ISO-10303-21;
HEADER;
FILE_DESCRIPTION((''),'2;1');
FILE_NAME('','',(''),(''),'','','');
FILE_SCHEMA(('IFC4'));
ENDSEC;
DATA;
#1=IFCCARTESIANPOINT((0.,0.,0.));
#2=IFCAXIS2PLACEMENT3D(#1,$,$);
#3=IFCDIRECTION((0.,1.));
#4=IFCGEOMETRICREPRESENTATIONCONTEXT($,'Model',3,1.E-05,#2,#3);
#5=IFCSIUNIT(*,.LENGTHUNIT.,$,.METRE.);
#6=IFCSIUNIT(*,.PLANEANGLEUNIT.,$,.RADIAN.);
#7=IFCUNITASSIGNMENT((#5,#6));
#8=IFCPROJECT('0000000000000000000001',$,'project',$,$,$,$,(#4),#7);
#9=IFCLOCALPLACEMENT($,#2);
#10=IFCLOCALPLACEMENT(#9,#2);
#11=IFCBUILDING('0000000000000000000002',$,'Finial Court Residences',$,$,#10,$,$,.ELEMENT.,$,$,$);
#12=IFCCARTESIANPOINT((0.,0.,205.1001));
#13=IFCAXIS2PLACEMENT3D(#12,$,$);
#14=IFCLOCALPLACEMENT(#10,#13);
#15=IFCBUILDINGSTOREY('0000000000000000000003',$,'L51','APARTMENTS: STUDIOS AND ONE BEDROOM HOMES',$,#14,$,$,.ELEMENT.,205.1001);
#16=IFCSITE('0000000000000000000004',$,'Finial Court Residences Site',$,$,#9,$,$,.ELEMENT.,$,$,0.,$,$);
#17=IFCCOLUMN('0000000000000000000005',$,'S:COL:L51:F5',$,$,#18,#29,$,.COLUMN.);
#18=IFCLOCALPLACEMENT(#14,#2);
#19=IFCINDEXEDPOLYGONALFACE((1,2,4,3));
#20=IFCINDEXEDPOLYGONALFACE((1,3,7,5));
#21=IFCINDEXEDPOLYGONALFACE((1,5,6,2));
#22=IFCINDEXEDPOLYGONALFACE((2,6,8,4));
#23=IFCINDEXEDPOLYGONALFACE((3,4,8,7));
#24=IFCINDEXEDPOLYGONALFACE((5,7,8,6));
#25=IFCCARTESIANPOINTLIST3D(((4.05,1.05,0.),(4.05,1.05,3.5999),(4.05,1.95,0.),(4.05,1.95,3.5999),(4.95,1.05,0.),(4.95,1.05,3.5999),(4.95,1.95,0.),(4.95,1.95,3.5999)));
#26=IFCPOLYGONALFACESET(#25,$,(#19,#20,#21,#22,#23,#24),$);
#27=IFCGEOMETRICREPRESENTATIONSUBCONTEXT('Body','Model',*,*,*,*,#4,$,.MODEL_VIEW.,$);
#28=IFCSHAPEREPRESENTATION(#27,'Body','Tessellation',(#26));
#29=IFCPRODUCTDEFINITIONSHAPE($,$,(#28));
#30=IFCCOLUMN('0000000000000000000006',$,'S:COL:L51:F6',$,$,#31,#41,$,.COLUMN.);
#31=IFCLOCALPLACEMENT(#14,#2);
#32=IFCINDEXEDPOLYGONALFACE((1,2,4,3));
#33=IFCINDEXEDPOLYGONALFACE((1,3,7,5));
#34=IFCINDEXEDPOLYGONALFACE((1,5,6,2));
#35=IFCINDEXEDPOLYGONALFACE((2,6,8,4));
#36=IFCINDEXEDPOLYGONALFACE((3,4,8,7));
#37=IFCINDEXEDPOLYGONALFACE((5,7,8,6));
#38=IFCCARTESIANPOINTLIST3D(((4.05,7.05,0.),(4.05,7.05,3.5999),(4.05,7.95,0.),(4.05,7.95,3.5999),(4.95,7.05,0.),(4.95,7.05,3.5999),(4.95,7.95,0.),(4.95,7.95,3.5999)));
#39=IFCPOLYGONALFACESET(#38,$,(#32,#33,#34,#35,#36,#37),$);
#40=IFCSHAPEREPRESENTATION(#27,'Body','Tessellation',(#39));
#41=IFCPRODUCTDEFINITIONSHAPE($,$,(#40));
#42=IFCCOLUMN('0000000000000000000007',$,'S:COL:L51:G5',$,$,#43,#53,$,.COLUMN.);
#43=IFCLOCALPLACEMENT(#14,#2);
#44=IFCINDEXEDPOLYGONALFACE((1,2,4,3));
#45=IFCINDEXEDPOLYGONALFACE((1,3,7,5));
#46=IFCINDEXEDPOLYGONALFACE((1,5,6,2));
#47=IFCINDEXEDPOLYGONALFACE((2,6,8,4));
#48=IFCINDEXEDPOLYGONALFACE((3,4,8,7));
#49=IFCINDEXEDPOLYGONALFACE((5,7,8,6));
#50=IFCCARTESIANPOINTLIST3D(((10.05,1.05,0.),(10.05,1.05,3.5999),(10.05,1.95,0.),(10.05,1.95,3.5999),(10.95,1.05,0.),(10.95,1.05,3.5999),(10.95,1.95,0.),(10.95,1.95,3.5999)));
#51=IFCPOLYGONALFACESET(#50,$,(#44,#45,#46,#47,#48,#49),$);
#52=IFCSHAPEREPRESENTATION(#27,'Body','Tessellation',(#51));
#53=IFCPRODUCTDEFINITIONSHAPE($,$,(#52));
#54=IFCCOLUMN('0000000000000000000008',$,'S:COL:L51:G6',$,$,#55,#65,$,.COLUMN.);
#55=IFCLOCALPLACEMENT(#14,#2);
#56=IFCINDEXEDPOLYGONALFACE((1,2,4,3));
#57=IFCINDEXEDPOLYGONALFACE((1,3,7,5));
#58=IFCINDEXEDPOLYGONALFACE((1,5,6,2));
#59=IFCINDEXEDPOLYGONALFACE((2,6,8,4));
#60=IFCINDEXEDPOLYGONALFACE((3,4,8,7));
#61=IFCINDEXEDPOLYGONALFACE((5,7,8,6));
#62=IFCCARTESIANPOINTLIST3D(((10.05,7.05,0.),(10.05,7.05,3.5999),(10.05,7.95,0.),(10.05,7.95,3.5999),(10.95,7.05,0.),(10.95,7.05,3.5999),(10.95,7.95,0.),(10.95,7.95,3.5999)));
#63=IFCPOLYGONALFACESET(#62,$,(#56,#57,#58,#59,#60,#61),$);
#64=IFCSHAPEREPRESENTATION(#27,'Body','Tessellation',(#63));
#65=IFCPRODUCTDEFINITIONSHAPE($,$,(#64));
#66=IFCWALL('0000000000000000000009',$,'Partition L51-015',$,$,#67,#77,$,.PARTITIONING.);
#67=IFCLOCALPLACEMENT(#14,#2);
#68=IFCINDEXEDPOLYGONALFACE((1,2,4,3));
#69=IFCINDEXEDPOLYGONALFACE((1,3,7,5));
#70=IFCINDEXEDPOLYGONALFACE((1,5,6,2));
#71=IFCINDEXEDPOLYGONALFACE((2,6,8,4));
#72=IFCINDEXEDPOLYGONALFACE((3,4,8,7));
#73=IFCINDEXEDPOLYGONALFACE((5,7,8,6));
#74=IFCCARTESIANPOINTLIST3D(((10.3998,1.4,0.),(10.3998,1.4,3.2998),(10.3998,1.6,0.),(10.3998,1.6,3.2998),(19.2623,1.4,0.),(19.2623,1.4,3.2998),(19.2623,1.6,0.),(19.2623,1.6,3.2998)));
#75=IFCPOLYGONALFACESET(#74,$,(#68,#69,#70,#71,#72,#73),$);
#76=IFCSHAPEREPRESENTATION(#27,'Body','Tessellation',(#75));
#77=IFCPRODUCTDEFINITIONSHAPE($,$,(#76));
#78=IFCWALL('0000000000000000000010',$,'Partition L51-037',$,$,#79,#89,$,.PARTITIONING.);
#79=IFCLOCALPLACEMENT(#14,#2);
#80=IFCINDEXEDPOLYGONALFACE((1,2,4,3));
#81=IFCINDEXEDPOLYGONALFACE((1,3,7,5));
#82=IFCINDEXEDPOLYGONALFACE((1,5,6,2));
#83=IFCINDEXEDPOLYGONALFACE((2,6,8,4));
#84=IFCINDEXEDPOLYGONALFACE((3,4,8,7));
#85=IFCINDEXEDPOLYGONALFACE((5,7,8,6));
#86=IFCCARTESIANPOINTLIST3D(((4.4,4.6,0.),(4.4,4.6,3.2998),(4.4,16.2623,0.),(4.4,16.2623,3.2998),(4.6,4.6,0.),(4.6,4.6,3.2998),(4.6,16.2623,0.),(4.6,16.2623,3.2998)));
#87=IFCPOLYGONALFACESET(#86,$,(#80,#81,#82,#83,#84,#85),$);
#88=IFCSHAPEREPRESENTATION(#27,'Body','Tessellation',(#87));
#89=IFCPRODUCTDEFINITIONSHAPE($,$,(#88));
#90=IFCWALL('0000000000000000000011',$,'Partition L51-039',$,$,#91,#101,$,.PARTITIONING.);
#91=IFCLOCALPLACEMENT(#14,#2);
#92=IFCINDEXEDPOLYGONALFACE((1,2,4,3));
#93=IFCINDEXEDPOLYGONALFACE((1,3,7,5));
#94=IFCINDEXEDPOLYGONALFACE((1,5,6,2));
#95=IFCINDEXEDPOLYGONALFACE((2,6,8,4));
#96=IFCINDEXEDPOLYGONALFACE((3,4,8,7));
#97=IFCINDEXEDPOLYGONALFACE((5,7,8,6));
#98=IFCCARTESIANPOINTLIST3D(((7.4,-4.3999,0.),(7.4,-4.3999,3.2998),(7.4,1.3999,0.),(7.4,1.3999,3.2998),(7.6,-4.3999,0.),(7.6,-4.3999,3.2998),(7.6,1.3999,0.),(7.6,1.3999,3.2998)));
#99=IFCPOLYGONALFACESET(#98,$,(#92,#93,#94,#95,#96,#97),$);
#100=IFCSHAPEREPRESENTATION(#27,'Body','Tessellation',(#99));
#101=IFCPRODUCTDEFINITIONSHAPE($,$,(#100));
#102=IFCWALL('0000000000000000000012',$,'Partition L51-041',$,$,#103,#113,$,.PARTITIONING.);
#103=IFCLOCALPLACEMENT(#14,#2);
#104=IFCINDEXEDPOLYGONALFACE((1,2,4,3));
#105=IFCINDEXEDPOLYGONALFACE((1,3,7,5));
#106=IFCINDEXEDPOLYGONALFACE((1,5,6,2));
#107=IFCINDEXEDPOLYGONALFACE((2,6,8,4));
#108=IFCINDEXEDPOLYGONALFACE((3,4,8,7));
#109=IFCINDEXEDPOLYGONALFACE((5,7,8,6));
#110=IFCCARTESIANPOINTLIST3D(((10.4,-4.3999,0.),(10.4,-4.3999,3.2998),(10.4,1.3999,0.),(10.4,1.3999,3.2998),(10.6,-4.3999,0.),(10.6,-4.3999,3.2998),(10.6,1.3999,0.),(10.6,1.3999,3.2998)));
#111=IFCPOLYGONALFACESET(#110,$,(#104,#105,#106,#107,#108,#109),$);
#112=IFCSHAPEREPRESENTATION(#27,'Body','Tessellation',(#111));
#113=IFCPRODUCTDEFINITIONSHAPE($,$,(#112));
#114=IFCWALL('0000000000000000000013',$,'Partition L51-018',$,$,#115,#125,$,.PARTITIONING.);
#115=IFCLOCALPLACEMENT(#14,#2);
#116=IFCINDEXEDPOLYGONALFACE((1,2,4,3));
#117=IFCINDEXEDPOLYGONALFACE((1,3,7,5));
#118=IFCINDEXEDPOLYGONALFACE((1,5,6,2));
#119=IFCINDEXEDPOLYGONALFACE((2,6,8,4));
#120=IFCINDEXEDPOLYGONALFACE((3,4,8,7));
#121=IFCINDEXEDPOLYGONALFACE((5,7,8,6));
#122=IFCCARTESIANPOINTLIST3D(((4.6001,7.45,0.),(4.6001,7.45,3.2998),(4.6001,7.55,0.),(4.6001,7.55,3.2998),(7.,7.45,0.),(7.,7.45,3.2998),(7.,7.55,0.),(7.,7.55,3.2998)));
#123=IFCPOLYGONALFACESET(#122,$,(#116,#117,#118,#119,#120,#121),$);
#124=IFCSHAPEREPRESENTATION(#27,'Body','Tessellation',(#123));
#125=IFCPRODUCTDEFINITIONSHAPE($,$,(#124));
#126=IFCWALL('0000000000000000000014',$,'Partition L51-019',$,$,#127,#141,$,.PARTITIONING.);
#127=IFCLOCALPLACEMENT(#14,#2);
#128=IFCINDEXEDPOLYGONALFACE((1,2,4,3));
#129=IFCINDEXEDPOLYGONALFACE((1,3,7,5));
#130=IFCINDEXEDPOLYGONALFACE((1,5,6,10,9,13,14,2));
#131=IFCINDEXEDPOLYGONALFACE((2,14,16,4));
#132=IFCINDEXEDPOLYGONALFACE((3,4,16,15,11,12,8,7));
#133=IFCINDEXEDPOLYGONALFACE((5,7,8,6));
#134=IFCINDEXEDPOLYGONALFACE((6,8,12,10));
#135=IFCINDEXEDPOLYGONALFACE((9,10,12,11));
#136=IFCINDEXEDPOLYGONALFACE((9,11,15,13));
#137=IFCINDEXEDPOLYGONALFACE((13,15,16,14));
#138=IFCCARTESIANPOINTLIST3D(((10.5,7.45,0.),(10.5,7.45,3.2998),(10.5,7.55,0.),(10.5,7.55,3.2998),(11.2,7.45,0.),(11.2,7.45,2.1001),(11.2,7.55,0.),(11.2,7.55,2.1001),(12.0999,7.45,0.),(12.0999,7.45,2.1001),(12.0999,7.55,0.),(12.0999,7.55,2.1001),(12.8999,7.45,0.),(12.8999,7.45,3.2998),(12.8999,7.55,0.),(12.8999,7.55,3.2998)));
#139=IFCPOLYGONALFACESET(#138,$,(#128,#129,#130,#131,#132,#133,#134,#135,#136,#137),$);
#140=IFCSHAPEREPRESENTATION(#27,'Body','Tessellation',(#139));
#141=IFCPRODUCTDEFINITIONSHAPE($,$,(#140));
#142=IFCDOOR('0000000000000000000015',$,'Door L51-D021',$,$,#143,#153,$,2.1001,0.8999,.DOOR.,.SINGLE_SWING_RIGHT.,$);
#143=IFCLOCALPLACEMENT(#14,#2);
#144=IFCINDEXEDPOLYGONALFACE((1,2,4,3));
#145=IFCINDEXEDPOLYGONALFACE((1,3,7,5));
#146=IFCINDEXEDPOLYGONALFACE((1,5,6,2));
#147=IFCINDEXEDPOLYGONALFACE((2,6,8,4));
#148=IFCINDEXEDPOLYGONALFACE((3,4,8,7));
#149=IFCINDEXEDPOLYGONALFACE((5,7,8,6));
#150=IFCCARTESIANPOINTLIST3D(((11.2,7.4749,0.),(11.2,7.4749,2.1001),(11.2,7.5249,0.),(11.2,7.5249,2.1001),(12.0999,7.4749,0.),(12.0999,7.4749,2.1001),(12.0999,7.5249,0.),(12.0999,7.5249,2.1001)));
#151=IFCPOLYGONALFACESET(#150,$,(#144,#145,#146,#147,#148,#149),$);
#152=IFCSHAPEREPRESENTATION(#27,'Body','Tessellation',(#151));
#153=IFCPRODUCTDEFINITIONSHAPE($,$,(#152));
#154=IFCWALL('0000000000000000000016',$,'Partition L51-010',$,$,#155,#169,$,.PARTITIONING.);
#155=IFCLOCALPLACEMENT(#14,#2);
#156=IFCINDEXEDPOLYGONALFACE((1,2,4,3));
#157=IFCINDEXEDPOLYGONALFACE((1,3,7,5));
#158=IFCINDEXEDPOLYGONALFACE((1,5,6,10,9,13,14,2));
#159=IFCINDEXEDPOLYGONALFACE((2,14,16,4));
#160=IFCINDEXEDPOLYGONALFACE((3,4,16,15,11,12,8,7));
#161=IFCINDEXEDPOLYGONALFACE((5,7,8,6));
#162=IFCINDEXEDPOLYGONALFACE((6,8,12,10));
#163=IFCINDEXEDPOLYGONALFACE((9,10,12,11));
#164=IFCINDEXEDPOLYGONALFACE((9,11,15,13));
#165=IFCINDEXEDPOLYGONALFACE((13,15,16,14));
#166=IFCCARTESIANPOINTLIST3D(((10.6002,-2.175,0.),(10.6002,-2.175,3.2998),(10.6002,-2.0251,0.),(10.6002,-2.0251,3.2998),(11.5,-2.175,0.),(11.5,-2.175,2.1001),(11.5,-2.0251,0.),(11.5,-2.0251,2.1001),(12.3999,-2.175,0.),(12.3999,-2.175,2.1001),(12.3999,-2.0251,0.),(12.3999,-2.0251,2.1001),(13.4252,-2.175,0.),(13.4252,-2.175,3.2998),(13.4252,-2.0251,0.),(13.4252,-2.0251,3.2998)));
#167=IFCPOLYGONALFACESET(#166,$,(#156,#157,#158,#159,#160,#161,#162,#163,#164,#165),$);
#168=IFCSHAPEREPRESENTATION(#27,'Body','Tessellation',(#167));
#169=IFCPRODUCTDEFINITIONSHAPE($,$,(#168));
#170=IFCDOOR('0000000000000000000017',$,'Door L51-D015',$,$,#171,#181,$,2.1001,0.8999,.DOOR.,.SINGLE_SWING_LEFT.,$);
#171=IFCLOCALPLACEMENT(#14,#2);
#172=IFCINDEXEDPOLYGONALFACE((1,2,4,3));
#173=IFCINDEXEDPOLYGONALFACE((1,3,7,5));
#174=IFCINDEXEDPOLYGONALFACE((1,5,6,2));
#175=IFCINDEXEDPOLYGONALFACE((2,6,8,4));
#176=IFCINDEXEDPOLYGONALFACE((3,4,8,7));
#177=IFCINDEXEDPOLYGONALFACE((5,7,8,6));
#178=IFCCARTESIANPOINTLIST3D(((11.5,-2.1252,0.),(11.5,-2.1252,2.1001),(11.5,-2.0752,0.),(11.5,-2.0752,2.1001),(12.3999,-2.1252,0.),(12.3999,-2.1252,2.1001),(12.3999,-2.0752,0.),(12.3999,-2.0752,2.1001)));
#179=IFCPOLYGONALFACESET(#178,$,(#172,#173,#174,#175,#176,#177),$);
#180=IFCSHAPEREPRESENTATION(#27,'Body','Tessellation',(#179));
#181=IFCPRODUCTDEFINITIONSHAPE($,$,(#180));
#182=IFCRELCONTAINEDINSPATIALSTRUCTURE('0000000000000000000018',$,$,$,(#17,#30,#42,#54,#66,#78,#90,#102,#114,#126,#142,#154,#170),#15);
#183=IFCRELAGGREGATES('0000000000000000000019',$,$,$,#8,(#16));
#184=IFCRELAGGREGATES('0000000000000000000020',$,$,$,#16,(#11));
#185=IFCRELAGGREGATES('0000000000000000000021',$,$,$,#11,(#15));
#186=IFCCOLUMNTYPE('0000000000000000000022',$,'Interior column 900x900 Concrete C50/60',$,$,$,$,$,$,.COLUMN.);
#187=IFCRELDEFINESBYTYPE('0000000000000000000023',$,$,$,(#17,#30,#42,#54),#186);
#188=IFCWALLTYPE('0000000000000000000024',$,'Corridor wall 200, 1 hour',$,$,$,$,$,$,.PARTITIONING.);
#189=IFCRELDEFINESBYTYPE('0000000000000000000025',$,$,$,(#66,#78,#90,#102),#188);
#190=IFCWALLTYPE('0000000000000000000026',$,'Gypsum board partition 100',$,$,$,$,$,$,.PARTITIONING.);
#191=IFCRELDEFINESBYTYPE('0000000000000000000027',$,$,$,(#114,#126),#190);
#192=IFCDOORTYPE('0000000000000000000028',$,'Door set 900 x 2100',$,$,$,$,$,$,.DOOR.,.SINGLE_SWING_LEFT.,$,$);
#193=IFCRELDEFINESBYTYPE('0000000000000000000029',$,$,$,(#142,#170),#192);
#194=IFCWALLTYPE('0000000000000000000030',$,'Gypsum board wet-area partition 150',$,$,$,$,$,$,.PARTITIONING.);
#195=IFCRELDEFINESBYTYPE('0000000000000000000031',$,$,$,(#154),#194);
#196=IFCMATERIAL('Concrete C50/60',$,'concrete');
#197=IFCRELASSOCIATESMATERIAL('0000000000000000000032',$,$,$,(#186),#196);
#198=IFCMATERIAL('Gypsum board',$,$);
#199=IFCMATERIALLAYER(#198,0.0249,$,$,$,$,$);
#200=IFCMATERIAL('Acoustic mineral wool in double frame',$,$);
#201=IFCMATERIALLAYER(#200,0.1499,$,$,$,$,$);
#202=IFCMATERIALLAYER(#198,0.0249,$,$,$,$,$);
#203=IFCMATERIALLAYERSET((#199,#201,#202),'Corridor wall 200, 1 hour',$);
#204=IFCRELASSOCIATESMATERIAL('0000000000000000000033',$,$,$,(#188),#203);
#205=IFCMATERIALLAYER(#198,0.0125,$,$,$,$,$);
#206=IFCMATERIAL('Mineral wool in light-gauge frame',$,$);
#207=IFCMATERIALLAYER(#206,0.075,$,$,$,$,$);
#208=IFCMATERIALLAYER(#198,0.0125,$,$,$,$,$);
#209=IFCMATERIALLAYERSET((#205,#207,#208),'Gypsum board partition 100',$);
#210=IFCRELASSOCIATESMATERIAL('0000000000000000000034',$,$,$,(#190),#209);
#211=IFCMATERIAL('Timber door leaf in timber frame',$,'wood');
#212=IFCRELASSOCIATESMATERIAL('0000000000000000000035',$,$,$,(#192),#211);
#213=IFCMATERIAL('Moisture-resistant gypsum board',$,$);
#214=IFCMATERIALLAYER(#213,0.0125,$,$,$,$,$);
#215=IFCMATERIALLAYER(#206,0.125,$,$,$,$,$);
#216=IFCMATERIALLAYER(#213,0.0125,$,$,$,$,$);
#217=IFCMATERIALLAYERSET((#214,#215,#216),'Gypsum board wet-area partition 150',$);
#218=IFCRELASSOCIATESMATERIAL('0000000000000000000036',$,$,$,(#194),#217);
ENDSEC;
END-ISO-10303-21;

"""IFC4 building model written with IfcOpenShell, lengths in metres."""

from ifc_helpers import new_model, si_unit, direction, frame, frame_2d, origin, origin_2d, place, context, subcontext, project, spatial, rectangle, extrude, material, layer, layer_set, material_profile, profile_set, type_object, element, fill, save


model = new_model("IFC4")

# Units and contexts
model_context = context("Model", 3, precision=1e-05, world=origin(), true_north=direction((0.0, 1.0)))
body_context = subcontext(model_context, "Body", "Model", "MODEL_VIEW")
ifc_project = project(units=[si_unit("LENGTHUNIT", "METRE"), si_unit("PLANEANGLEUNIT", "RADIAN")], contexts=[model_context])

# Site, building, storey
site_placement = place(None, origin())
site = spatial("IfcSite", under=ifc_project, at=site_placement, Name="Finial Court Residences Site", CompositionType="ELEMENT", RefElevation=0.0)
building_placement = place(site_placement, origin())
building = spatial("IfcBuilding", under=site, at=building_placement, Name="Finial Court Residences", CompositionType="ELEMENT")
storey_placement = place(building_placement, frame((0.0, 0.0, 205.1001)))
storey = spatial("IfcBuildingStorey", under=building, at=storey_placement, Name="L51", Description="APARTMENTS: STUDIOS AND ONE BEDROOM HOMES", CompositionType="ELEMENT", Elevation=205.1001)

# Columns
ifc_material_1 = material(Name="Concrete C50/60", Category="concrete")
ifc_material_profile = material_profile(ifc_material_1, rectangle(XDim=0.8999, YDim=0.8999, at=origin_2d()), Name="900x900")
ifc_profile_set = profile_set([ifc_material_profile], Name="Concrete C50/60")
column_type = type_object("IfcColumnType", Name="Interior column 900x900 Concrete C50/60", PredefinedType="COLUMN", material=ifc_profile_set)
for number, where, z_axis, x_axis, name in (
    (1, (4.5, 1.5, 0.0), (0.0, 0.0, 1.0), (1.0, 0.0, 0.0), "S:COL:L51:F5"),
    (2, (4.5, 7.5, 0.0), (0.0, 0.0, 1.0), (1.0, 0.0, 0.0), "S:COL:L51:F6"),
    (3, (10.5, 1.5, 0.0), (0.0, 0.0, 1.0), (1.0, 0.0, 0.0), "S:COL:L51:G5"),
    (4, (10.5, 7.5, 0.0), (0.0, 0.0, 1.0), (1.0, 0.0, 0.0), "S:COL:L51:G6"),
):
    element("IfcColumn", number, at=place(storey_placement, frame(where, z_axis=z_axis, x_axis=x_axis)), inside=storey, type_object=column_type, Name=name, PredefinedType="COLUMN", context=body_context, shape_type="SweptSolid", body=[
        extrude(rectangle(XDim=0.8999, YDim=0.8999, at=origin_2d()), origin(), (0.0, 0.0, 1.0), 3.5999),
    ])

# Walls
ifc_material_2 = material(Name="Gypsum board")
ifc_layer_1 = layer(ifc_material_2, 0.0249)
ifc_material_3 = material(Name="Acoustic mineral wool in double frame")
ifc_layer_2 = layer(ifc_material_3, 0.1499)
ifc_layer_3 = layer(ifc_material_2, 0.0249)
ifc_layer_set_1 = layer_set([ifc_layer_1, ifc_layer_2, ifc_layer_3], Name="Corridor wall 200, 1 hour")
wall_type_1 = type_object("IfcWallType", Name="Corridor wall 200, 1 hour", PredefinedType="PARTITIONING", material=ifc_layer_set_1)
wall_1_placement = place(storey_placement, frame((10.3999, 1.5, 0.0), z_axis=(0.0, 0.0, 1.0), x_axis=(1.0, 0.0, 0.0)))
element("IfcWall", 5, at=wall_1_placement, inside=storey, type_object=wall_type_1, Name="Partition L51-015", PredefinedType="PARTITIONING", context=body_context, shape_type="SweptSolid", body=[
    extrude(rectangle(XDim=8.8625, YDim=0.2, at=frame_2d((4.4312, 0.0))), origin(), (0.0, 0.0, 1.0), 3.2998),
])
wall_2_placement = place(storey_placement, frame((4.5, 4.6001, 0.0), z_axis=(0.0, 0.0, 1.0), x_axis=(0.0, 1.0, 0.0)))
element("IfcWall", 6, at=wall_2_placement, inside=storey, type_object=wall_type_1, Name="Partition L51-037", PredefinedType="PARTITIONING", context=body_context, shape_type="SweptSolid", body=[
    extrude(rectangle(XDim=11.6624, YDim=0.2, at=frame_2d((5.8311, 0.0))), origin(), (0.0, 0.0, 1.0), 3.2998),
])
for number, where, z_axis, x_axis, name in (
    (7, (7.5, -4.3999, 0.0), (0.0, 0.0, 1.0), (0.0, 1.0, 0.0), "Partition L51-039"),
    (8, (10.5, -4.3999, 0.0), (0.0, 0.0, 1.0), (0.0, 1.0, 0.0), "Partition L51-041"),
):
    element("IfcWall", number, at=place(storey_placement, frame(where, z_axis=z_axis, x_axis=x_axis)), inside=storey, type_object=wall_type_1, Name=name, PredefinedType="PARTITIONING", context=body_context, shape_type="SweptSolid", body=[
        extrude(rectangle(XDim=5.7998, YDim=0.2, at=frame_2d((2.8999, 0.0))), origin(), (0.0, 0.0, 1.0), 3.2998),
    ])
ifc_layer_4 = layer(ifc_material_2, 0.0125)
ifc_material_4 = material(Name="Mineral wool in light-gauge frame")
ifc_layer_5 = layer(ifc_material_4, 0.075)
ifc_layer_6 = layer(ifc_material_2, 0.0125)
ifc_layer_set_2 = layer_set([ifc_layer_4, ifc_layer_5, ifc_layer_6], Name="Gypsum board partition 100")
wall_type_2 = type_object("IfcWallType", Name="Gypsum board partition 100", PredefinedType="PARTITIONING", material=ifc_layer_set_2)
wall_3_placement = place(storey_placement, frame((4.6001, 7.5, 0.0), z_axis=(0.0, 0.0, 1.0), x_axis=(1.0, 0.0, 0.0)))
element("IfcWall", 9, at=wall_3_placement, inside=storey, type_object=wall_type_2, Name="Partition L51-018", PredefinedType="PARTITIONING", context=body_context, shape_type="SweptSolid", body=[
    extrude(rectangle(XDim=2.3999, YDim=0.1001, at=frame_2d((1.2, 0.0))), origin(), (0.0, 0.0, 1.0), 3.2998),
])

# Walls, openings, doors
wall_4_placement = place(storey_placement, frame((10.5, 7.5, 0.0), z_axis=(0.0, 0.0, 1.0), x_axis=(1.0, 0.0, 0.0)))
wall_4 = element("IfcWall", 10, at=wall_4_placement, inside=storey, type_object=wall_type_2, Name="Partition L51-019", PredefinedType="PARTITIONING", context=body_context, shape_type="SweptSolid", body=[
    extrude(rectangle(XDim=2.3999, YDim=0.1001, at=frame_2d((1.2, 0.0))), origin(), (0.0, 0.0, 1.0), 3.2998),
])
opening_1_placement = place(wall_4_placement, frame((0.7, 0.0, 0.0)))
opening_1 = element("IfcOpeningElement", 11, at=opening_1_placement, cuts=wall_4, PredefinedType="OPENING", context=body_context, shape_type="SweptSolid", body=[
    extrude(rectangle(XDim=0.8999, YDim=2.1001, at=frame_2d((0.45, 1.05))), frame((0.0, 0.0601, 0.0), z_axis=(0.0, -1.0, 0.0), x_axis=(1.0, 0.0, 0.0)), (0.0, 0.0, 1.0), 0.1201),
])
ifc_material_5 = material(Name="Timber door leaf in timber frame", Category="wood")
door_type = type_object("IfcDoorType", Name="Door set 900 x 2100", OperationType="SINGLE_SWING_LEFT", PredefinedType="DOOR", material=ifc_material_5)
door_1_placement = place(opening_1_placement, origin())
door_1 = element("IfcDoor", 12, at=door_1_placement, inside=storey, type_object=door_type, Name="Door L51-D021", OperationType="SINGLE_SWING_RIGHT", OverallHeight=2.1001, OverallWidth=0.8999, PredefinedType="DOOR", context=body_context, shape_type="SweptSolid", body=[
    extrude(rectangle(XDim=0.8999, YDim=2.1001, at=frame_2d((0.45, 1.05))), frame((0.0, 0.0249, 0.0), z_axis=(0.0, -1.0, 0.0), x_axis=(1.0, 0.0, 0.0)), (0.0, 0.0, 1.0), 0.05),
])
fill(opening_1, door_1)
ifc_material_6 = material(Name="Moisture-resistant gypsum board")
ifc_layer_7 = layer(ifc_material_6, 0.0125)
ifc_layer_8 = layer(ifc_material_4, 0.125)
ifc_layer_9 = layer(ifc_material_6, 0.0125)
ifc_layer_set_3 = layer_set([ifc_layer_7, ifc_layer_8, ifc_layer_9], Name="Gypsum board wet-area partition 150")
wall_type_3 = type_object("IfcWallType", Name="Gypsum board wet-area partition 150", PredefinedType="PARTITIONING", material=ifc_layer_set_3)
wall_5_placement = place(storey_placement, frame((10.6001, -2.1001, 0.0), z_axis=(0.0, 0.0, 1.0), x_axis=(1.0, 0.0, 0.0)))
wall_5 = element("IfcWall", 13, at=wall_5_placement, inside=storey, type_object=wall_type_3, Name="Partition L51-010", PredefinedType="PARTITIONING", context=body_context, shape_type="SweptSolid", body=[
    extrude(rectangle(XDim=2.825, YDim=0.1499, at=frame_2d((1.4126, 0.0))), origin(), (0.0, 0.0, 1.0), 3.2998),
])
opening_2_placement = place(wall_5_placement, frame((0.8999, 0.0, 0.0)))
opening_2 = element("IfcOpeningElement", 14, at=opening_2_placement, cuts=wall_5, PredefinedType="OPENING", context=body_context, shape_type="SweptSolid", body=[
    extrude(rectangle(XDim=0.8999, YDim=2.1001, at=frame_2d((0.45, 1.05))), frame((0.0, 0.085, 0.0), z_axis=(0.0, -1.0, 0.0), x_axis=(1.0, 0.0, 0.0)), (0.0, 0.0, 1.0), 0.1699),
])
door_2_placement = place(opening_2_placement, origin())
door_2 = element("IfcDoor", 15, at=door_2_placement, inside=storey, type_object=door_type, Name="Door L51-D015", OperationType="SINGLE_SWING_LEFT", OverallHeight=2.1001, OverallWidth=0.8999, PredefinedType="DOOR", context=body_context, shape_type="SweptSolid", body=[
    extrude(rectangle(XDim=0.8999, YDim=2.1001, at=frame_2d((0.45, 1.05))), frame((0.0, 0.0249, 0.0), z_axis=(0.0, -1.0, 0.0), x_axis=(1.0, 0.0, 0.0)), (0.0, 0.0, 1.0), 0.05),
])
fill(opening_2, door_2)

save(model, "model.ifc")
